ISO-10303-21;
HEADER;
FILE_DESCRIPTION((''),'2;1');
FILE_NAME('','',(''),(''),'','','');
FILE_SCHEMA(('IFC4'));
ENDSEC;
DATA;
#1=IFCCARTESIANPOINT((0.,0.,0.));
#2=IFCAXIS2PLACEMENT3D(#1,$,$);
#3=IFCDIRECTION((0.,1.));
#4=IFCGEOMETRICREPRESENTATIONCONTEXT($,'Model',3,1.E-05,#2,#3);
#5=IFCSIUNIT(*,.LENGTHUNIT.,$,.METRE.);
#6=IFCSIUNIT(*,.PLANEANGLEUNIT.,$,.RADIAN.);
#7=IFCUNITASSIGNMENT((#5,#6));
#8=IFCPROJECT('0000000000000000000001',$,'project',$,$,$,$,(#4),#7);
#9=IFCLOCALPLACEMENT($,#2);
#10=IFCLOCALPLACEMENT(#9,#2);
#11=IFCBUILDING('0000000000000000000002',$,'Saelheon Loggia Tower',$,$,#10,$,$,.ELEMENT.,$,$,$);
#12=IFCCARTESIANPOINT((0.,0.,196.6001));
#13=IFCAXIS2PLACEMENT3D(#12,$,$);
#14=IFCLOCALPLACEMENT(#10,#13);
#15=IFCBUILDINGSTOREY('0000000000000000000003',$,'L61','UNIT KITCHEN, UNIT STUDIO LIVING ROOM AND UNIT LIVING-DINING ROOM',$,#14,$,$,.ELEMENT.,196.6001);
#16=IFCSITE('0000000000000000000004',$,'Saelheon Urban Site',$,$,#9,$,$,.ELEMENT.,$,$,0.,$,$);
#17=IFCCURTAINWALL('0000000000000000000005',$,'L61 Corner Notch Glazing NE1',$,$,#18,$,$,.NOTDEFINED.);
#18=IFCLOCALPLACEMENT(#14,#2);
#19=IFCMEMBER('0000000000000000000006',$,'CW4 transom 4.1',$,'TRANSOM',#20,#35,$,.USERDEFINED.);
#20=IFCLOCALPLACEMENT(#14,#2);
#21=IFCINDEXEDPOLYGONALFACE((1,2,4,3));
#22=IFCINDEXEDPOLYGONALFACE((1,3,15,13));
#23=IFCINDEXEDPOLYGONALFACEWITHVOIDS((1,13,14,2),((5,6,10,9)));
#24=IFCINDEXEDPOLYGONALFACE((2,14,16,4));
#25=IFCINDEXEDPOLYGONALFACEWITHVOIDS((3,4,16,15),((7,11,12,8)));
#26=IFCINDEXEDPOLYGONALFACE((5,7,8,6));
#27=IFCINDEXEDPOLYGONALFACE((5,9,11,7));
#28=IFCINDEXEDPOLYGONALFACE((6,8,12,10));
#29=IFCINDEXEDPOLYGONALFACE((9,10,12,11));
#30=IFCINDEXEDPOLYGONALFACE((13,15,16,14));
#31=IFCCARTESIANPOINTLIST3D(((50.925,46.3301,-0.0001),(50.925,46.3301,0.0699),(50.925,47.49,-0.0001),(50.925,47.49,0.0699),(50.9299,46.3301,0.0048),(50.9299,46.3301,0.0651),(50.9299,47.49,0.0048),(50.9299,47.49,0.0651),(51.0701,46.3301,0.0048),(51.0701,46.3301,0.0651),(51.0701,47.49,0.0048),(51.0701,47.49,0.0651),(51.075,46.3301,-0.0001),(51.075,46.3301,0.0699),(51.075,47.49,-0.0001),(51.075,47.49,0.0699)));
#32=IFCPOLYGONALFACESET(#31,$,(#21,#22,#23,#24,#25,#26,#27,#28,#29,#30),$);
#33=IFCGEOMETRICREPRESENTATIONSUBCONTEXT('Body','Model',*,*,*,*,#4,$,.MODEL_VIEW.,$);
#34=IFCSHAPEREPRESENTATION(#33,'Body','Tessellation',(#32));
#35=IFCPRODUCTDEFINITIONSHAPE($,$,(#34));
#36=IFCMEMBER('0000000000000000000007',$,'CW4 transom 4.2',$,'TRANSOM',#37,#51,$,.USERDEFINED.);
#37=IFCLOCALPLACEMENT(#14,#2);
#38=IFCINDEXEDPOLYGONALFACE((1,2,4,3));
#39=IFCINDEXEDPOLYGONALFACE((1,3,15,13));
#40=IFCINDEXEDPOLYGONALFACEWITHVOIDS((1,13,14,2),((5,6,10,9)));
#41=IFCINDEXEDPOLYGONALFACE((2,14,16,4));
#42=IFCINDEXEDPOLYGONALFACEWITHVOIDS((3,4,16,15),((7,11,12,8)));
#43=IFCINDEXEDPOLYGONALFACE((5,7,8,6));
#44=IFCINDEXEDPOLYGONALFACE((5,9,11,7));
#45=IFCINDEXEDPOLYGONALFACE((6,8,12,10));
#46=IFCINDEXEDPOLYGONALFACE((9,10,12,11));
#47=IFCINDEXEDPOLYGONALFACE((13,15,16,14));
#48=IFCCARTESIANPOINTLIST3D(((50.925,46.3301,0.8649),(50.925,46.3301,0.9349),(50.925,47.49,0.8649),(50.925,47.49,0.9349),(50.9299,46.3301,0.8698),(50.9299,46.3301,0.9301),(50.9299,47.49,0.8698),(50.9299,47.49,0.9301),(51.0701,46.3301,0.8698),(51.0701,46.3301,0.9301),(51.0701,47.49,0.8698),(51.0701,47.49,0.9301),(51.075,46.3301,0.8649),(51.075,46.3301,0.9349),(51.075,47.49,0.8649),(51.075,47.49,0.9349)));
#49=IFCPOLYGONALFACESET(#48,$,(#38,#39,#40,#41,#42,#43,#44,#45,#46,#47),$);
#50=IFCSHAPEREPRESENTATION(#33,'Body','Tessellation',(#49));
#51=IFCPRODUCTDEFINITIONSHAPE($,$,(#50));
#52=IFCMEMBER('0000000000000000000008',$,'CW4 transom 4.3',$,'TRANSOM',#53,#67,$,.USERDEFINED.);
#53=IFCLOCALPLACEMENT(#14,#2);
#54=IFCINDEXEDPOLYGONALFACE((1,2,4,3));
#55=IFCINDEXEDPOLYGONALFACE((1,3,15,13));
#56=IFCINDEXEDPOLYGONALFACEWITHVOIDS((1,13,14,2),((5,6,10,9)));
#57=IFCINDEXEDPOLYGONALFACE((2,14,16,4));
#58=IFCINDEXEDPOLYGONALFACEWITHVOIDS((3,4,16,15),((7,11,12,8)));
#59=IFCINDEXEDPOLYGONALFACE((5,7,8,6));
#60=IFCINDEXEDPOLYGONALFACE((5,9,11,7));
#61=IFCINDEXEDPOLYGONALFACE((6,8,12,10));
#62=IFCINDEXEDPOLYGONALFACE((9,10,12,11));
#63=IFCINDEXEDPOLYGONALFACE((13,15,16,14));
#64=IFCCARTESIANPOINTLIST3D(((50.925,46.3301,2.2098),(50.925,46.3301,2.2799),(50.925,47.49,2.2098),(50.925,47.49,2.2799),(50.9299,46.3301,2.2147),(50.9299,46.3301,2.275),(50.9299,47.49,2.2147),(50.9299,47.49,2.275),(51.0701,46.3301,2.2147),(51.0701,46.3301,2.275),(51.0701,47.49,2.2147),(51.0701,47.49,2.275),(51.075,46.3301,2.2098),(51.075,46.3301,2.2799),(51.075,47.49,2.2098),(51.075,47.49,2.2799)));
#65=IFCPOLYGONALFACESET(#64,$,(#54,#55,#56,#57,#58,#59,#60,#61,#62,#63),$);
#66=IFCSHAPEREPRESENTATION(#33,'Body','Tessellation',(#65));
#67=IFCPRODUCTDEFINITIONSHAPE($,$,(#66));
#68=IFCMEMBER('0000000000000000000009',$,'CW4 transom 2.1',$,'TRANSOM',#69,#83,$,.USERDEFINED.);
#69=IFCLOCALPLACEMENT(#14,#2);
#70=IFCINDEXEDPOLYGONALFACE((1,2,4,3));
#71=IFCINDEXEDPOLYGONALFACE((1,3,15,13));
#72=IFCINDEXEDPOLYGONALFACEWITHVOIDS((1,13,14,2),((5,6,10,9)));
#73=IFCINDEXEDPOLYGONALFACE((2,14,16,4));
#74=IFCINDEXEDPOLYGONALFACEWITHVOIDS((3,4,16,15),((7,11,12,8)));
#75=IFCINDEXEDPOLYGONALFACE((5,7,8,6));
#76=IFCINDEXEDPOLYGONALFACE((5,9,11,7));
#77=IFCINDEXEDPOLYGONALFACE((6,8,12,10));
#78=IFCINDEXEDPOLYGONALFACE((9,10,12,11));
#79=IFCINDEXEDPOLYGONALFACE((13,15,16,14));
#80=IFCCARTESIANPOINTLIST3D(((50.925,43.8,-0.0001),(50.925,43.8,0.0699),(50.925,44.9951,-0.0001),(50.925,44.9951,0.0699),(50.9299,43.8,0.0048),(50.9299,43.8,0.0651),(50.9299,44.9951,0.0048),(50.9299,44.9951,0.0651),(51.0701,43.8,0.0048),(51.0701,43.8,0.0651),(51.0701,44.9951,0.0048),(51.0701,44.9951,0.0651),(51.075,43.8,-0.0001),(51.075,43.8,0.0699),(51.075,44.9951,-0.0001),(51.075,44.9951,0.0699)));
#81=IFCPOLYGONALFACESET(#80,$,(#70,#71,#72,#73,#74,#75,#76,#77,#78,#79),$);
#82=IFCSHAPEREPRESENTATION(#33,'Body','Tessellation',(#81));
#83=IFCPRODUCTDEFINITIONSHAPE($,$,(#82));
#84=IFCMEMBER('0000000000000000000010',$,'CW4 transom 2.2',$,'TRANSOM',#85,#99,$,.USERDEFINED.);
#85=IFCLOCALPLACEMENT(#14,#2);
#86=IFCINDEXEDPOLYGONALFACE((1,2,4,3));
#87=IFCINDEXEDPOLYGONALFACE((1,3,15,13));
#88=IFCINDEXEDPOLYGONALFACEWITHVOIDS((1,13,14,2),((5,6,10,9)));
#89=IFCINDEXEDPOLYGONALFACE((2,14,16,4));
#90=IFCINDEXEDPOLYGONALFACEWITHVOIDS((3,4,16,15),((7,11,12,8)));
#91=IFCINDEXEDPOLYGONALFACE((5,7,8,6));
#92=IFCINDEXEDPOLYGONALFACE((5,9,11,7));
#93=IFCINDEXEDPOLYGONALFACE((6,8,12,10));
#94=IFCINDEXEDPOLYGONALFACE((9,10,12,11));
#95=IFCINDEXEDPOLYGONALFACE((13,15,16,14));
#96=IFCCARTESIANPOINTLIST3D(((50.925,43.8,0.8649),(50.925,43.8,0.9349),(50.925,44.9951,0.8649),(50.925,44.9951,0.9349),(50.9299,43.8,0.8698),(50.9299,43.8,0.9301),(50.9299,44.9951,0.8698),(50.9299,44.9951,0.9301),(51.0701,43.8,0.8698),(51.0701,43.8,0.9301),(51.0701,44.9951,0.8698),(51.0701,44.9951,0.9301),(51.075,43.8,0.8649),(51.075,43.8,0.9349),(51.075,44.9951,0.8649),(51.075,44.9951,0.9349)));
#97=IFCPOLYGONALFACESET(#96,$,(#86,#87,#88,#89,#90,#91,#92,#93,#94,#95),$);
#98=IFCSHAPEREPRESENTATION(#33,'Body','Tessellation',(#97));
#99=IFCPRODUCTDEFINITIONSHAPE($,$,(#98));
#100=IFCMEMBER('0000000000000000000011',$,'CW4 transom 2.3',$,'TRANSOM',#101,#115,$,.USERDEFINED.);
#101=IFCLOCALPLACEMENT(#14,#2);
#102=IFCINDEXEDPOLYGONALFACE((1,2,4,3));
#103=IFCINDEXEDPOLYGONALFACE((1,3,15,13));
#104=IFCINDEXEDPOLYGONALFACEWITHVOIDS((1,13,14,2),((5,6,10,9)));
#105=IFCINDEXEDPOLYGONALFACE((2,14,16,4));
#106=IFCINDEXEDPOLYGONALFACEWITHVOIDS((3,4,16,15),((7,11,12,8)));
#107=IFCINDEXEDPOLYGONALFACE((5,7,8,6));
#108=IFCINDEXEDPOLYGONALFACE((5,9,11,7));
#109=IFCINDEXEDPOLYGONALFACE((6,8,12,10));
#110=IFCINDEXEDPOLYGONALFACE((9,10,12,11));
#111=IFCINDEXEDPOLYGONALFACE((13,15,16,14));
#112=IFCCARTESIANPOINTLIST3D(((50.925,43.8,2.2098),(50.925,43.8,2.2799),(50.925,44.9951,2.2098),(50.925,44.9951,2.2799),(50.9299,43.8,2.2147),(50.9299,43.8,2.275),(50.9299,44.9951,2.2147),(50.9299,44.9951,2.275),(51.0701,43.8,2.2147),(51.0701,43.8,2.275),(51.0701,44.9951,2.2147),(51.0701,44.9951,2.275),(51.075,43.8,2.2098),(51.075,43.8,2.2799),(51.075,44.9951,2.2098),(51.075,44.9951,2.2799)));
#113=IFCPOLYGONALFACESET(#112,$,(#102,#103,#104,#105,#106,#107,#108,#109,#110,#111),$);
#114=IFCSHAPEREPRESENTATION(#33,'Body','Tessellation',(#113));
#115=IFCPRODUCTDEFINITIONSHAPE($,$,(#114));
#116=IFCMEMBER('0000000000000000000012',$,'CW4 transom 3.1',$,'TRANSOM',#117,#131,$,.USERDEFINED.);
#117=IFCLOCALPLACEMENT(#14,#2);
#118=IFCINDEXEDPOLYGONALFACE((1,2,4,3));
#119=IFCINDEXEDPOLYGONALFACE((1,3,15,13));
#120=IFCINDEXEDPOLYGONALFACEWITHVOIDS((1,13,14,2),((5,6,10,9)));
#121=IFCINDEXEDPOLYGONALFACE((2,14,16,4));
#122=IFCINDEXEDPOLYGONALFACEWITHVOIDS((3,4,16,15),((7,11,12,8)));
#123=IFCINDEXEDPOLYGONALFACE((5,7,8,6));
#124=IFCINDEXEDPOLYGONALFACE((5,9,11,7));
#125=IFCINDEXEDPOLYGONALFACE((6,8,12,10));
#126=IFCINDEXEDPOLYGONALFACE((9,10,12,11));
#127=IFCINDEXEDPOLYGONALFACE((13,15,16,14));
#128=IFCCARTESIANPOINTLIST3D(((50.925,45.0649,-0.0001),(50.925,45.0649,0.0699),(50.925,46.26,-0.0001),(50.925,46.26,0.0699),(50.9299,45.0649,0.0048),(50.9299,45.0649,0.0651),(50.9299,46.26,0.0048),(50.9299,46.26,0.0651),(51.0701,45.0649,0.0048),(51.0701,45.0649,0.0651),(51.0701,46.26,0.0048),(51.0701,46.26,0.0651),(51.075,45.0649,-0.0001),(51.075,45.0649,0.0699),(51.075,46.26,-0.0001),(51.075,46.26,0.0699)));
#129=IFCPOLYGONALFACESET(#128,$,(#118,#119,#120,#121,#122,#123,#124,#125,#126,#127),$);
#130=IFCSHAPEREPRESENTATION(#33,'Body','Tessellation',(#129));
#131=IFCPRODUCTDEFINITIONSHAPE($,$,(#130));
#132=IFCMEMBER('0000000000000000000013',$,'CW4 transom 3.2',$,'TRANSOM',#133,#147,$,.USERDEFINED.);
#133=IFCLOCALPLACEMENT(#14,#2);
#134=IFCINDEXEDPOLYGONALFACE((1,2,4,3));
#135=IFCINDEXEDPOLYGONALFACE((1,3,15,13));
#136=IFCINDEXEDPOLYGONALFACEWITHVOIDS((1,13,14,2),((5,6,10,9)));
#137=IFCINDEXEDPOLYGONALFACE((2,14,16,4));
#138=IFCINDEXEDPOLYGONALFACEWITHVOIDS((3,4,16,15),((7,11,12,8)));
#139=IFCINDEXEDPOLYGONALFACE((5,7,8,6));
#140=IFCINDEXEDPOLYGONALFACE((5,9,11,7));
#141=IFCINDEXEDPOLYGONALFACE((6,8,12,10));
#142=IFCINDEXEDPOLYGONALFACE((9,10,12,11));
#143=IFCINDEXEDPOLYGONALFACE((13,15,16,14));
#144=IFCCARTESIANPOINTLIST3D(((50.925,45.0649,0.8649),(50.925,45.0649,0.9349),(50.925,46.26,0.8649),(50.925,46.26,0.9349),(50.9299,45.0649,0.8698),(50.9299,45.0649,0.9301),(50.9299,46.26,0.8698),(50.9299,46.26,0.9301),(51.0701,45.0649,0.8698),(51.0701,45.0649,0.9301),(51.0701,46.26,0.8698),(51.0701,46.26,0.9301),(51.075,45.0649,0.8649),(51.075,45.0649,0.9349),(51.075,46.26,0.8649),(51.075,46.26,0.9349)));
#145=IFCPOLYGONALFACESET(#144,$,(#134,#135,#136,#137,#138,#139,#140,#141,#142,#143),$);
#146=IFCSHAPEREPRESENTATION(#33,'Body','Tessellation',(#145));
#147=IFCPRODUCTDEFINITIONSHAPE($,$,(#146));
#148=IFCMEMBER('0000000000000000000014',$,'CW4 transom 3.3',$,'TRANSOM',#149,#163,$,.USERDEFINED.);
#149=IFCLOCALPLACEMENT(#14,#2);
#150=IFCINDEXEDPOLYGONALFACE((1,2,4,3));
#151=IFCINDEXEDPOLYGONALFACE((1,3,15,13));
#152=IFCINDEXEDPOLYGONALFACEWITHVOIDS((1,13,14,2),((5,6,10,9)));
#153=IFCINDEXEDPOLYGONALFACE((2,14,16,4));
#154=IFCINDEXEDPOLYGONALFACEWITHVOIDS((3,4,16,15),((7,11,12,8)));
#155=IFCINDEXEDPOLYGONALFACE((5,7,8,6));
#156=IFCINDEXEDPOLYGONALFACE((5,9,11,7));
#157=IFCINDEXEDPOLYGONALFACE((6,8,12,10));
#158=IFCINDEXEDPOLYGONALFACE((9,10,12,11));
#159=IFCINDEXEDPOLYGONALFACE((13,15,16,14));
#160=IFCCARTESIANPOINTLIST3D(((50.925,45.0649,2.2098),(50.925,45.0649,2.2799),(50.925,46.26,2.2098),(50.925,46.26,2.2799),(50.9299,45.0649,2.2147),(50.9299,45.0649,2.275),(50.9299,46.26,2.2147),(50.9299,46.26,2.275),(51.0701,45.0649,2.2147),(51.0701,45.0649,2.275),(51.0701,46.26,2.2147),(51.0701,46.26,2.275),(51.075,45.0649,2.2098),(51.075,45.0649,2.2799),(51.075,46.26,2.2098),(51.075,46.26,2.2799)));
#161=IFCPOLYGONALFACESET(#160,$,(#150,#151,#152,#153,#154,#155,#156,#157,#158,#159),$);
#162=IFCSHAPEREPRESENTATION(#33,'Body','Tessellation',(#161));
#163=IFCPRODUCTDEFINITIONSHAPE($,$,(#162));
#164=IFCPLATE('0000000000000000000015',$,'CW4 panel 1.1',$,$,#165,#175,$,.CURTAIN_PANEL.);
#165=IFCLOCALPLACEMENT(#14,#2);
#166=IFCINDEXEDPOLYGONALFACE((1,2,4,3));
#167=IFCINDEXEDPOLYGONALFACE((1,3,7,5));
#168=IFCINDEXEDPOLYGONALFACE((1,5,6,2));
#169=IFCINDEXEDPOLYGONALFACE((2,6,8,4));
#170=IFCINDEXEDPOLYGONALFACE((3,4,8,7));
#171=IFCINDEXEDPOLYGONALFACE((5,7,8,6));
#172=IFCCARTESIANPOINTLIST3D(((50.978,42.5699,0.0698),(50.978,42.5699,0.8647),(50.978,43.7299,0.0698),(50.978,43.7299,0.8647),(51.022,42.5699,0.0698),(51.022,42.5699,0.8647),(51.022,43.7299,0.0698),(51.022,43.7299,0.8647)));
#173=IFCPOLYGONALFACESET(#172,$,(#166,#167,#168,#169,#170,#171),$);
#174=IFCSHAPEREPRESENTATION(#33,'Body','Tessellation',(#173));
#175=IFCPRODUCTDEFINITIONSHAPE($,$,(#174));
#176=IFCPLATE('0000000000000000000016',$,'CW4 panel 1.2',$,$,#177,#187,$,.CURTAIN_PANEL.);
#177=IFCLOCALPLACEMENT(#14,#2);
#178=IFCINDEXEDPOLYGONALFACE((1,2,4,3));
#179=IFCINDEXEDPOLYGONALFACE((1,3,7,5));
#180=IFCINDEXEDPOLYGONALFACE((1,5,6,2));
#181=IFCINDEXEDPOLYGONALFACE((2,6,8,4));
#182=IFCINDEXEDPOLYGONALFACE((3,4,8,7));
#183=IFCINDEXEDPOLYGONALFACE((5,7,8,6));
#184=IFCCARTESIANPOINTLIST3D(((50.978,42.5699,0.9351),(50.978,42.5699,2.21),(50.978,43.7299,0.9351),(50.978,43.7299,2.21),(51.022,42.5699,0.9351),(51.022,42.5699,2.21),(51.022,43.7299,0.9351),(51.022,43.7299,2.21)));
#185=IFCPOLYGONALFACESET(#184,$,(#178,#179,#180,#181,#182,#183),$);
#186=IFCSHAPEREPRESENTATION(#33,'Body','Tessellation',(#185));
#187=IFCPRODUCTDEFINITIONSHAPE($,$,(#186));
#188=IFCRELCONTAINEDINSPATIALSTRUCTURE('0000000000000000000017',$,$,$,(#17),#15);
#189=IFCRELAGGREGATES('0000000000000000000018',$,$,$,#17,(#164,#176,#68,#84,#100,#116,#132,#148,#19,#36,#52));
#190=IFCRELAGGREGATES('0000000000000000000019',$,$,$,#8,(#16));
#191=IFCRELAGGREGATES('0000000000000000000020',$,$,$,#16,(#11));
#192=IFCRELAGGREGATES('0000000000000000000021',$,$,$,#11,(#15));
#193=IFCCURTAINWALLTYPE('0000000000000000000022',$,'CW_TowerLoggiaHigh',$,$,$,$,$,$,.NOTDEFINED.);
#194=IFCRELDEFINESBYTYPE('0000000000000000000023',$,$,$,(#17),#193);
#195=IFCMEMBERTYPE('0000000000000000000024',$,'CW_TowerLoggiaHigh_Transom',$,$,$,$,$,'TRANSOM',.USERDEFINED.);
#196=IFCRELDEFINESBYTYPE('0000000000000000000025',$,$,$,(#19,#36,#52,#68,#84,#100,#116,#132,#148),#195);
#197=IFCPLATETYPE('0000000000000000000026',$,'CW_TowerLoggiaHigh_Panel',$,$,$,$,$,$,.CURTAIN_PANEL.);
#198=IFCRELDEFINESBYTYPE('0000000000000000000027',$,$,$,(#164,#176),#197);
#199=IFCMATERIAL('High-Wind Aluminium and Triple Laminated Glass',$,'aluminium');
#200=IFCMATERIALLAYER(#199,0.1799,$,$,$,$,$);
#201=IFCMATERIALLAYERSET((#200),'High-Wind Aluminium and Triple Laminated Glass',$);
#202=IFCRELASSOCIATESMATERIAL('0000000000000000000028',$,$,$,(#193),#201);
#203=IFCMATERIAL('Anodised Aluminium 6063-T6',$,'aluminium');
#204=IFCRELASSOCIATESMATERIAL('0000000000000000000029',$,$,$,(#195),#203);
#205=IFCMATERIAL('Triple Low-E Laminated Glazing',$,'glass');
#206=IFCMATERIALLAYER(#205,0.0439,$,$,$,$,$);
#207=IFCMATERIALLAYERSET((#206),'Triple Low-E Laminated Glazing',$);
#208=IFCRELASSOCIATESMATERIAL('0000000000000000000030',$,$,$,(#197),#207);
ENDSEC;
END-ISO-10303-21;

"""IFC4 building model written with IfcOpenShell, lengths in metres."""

from ifc_helpers import new_model, si_unit, direction, frame, origin, origin_2d, place, context, subcontext, project, spatial, rectangle, hollow_rectangle, extrude, source, transform, mapped, material, layer, layer_set, material_profile, profile_set, type_object, element, aggregate, save


model = new_model("IFC4")

# Units and contexts
model_context = context("Model", 3, precision=1e-05, world=origin(), true_north=direction((0.0, 1.0)))
body_context = subcontext(model_context, "Body", "Model", "MODEL_VIEW")
ifc_project = project(units=[si_unit("LENGTHUNIT", "METRE"), si_unit("PLANEANGLEUNIT", "RADIAN")], contexts=[model_context])

# Site, building, storey
site_placement = place(None, origin())
site = spatial("IfcSite", under=ifc_project, at=site_placement, Name="Saelheon Urban Site", CompositionType="ELEMENT", RefElevation=0.0)
building_placement = place(site_placement, origin())
building = spatial("IfcBuilding", under=site, at=building_placement, Name="Saelheon Loggia Tower", CompositionType="ELEMENT")
storey_placement = place(building_placement, frame((0.0, 0.0, 196.6001)))
storey = spatial("IfcBuildingStorey", under=building, at=storey_placement, Name="L61", Description="UNIT KITCHEN, UNIT STUDIO LIVING ROOM AND UNIT LIVING-DINING ROOM", CompositionType="ELEMENT", Elevation=196.6001)

# Curtain wall, members, plates
ifc_material_1 = material(Name="High-Wind Aluminium and Triple Laminated Glass", Category="aluminium")
ifc_layer_1 = layer(ifc_material_1, 0.1799)
ifc_layer_set_1 = layer_set([ifc_layer_1], Name="High-Wind Aluminium and Triple Laminated Glass")
curtain_wall_type = type_object("IfcCurtainWallType", Name="CW_TowerLoggiaHigh", PredefinedType="NOTDEFINED", material=ifc_layer_set_1)
curtain_wall_placement = place(storey_placement, origin())
curtain_wall = element("IfcCurtainWall", 1, at=curtain_wall_placement, inside=storey, type_object=curtain_wall_type, Name="L61 Corner Notch Glazing NE1", PredefinedType="NOTDEFINED")
ifc_material_2 = material(Name="Anodised Aluminium 6063-T6", Category="aluminium")
ifc_material_profile_1 = material_profile(ifc_material_2, hollow_rectangle(XDim=0.0701, YDim=0.1499, WallThickness=0.0049, at=origin_2d()), Name="RHS-150x70x5")
ifc_profile_set_1 = profile_set([ifc_material_profile_1], Name="Anodised Aluminium 6063-T6")
member_type_1 = type_object("IfcMemberType", Name="CW_TowerLoggiaHigh_Transom", ElementType="TRANSOM", PredefinedType="USERDEFINED", material=ifc_profile_set_1)
shared_shape_1 = source(origin(), body_context, "Body", "SweptSolid", [
    extrude(hollow_rectangle(XDim=0.0701, YDim=0.1499, WallThickness=0.0049, at=origin_2d()), origin(), (0.0, 0.0, 1.0), 1.1599),
])
member_1_placement = place(storey_placement, frame((51.0, 46.3301, 0.0349), z_axis=(0.0, 1.0, 0.0), x_axis=(0.0, 0.0, 1.0)))
member_1 = element("IfcMember", 2, at=member_1_placement, type_object=member_type_1, Name="CW4 transom 4.1", ObjectType="TRANSOM", PredefinedType="USERDEFINED", context=body_context, shape_type="MappedRepresentation", body=[
    mapped(shared_shape_1, transform((0.0, 0.0, 0.0), scale=1.0)),
])
member_2_placement = place(storey_placement, frame((51.0, 46.3301, 0.8999), z_axis=(0.0, 1.0, 0.0), x_axis=(0.0, 0.0, 1.0)))
member_2 = element("IfcMember", 3, at=member_2_placement, type_object=member_type_1, Name="CW4 transom 4.2", ObjectType="TRANSOM", PredefinedType="USERDEFINED", context=body_context, shape_type="MappedRepresentation", body=[
    mapped(shared_shape_1, transform((0.0, 0.0, 0.0), scale=1.0)),
])
member_3_placement = place(storey_placement, frame((51.0, 46.3301, 2.2449), z_axis=(0.0, 1.0, 0.0), x_axis=(0.0, 0.0, 1.0)))
member_3 = element("IfcMember", 4, at=member_3_placement, type_object=member_type_1, Name="CW4 transom 4.3", ObjectType="TRANSOM", PredefinedType="USERDEFINED", context=body_context, shape_type="MappedRepresentation", body=[
    mapped(shared_shape_1, transform((0.0, 0.0, 0.0), scale=1.0)),
])
shared_shape_2 = source(origin(), body_context, "Body", "SweptSolid", [
    extrude(hollow_rectangle(XDim=0.0701, YDim=0.1499, WallThickness=0.0049, at=origin_2d()), origin(), (0.0, 0.0, 1.0), 1.1951),
])
member_4_placement = place(storey_placement, frame((51.0, 43.8, 0.0349), z_axis=(0.0, 1.0, 0.0), x_axis=(0.0, 0.0, 1.0)))
member_4 = element("IfcMember", 5, at=member_4_placement, type_object=member_type_1, Name="CW4 transom 2.1", ObjectType="TRANSOM", PredefinedType="USERDEFINED", context=body_context, shape_type="MappedRepresentation", body=[
    mapped(shared_shape_2, transform((0.0, 0.0, 0.0), scale=1.0)),
])
member_5_placement = place(storey_placement, frame((51.0, 43.8, 0.8999), z_axis=(0.0, 1.0, 0.0), x_axis=(0.0, 0.0, 1.0)))
member_5 = element("IfcMember", 6, at=member_5_placement, type_object=member_type_1, Name="CW4 transom 2.2", ObjectType="TRANSOM", PredefinedType="USERDEFINED", context=body_context, shape_type="MappedRepresentation", body=[
    mapped(shared_shape_2, transform((0.0, 0.0, 0.0), scale=1.0)),
])
member_6_placement = place(storey_placement, frame((51.0, 43.8, 2.2449), z_axis=(0.0, 1.0, 0.0), x_axis=(0.0, 0.0, 1.0)))
member_6 = element("IfcMember", 7, at=member_6_placement, type_object=member_type_1, Name="CW4 transom 2.3", ObjectType="TRANSOM", PredefinedType="USERDEFINED", context=body_context, shape_type="MappedRepresentation", body=[
    mapped(shared_shape_2, transform((0.0, 0.0, 0.0), scale=1.0)),
])
member_7_placement = place(storey_placement, frame((51.0, 45.0649, 0.0349), z_axis=(0.0, 1.0, 0.0), x_axis=(0.0, 0.0, 1.0)))
member_7 = element("IfcMember", 8, at=member_7_placement, type_object=member_type_1, Name="CW4 transom 3.1", ObjectType="TRANSOM", PredefinedType="USERDEFINED", context=body_context, shape_type="MappedRepresentation", body=[
    mapped(shared_shape_2, transform((0.0, 0.0, 0.0), scale=1.0)),
])
member_8_placement = place(storey_placement, frame((51.0, 45.0649, 0.8999), z_axis=(0.0, 1.0, 0.0), x_axis=(0.0, 0.0, 1.0)))
member_8 = element("IfcMember", 9, at=member_8_placement, type_object=member_type_1, Name="CW4 transom 3.2", ObjectType="TRANSOM", PredefinedType="USERDEFINED", context=body_context, shape_type="MappedRepresentation", body=[
    mapped(shared_shape_2, transform((0.0, 0.0, 0.0), scale=1.0)),
])
member_9_placement = place(storey_placement, frame((51.0, 45.0649, 2.2449), z_axis=(0.0, 1.0, 0.0), x_axis=(0.0, 0.0, 1.0)))
member_9 = element("IfcMember", 10, at=member_9_placement, type_object=member_type_1, Name="CW4 transom 3.3", ObjectType="TRANSOM", PredefinedType="USERDEFINED", context=body_context, shape_type="MappedRepresentation", body=[
    mapped(shared_shape_2, transform((0.0, 0.0, 0.0), scale=1.0)),
])
ifc_material_3 = material(Name="Triple Low-E Laminated Glazing", Category="glass")
ifc_layer_2 = layer(ifc_material_3, 0.0439)
ifc_layer_set_2 = layer_set([ifc_layer_2], Name="Triple Low-E Laminated Glazing")
plate_type = type_object("IfcPlateType", Name="CW_TowerLoggiaHigh_Panel", PredefinedType="CURTAIN_PANEL", material=ifc_layer_set_2)
shared_shape_3 = source(origin(), body_context, "Body", "SweptSolid", [
    extrude(rectangle(XDim=1.1599, YDim=0.0439, at=origin_2d()), origin(), (0.0, 0.0, 1.0), 0.7949),
])
plate_1_placement = place(storey_placement, frame((51.0, 43.1499, 0.0698), z_axis=(0.0, 0.0, 1.0), x_axis=(0.0, 1.0, 0.0)))
plate_1 = element("IfcPlate", 11, at=plate_1_placement, type_object=plate_type, Name="CW4 panel 1.1", PredefinedType="CURTAIN_PANEL", context=body_context, shape_type="MappedRepresentation", body=[
    mapped(shared_shape_3, transform((0.0, 0.0, 0.0), scale=1.0)),
])
shared_shape_4 = source(origin(), body_context, "Body", "SweptSolid", [
    extrude(rectangle(XDim=1.1599, YDim=0.0439, at=origin_2d()), origin(), (0.0, 0.0, 1.0), 1.2749),
])
plate_2_placement = place(storey_placement, frame((51.0, 43.1499, 0.9351), z_axis=(0.0, 0.0, 1.0), x_axis=(0.0, 1.0, 0.0)))
plate_2 = element("IfcPlate", 12, at=plate_2_placement, type_object=plate_type, Name="CW4 panel 1.2", PredefinedType="CURTAIN_PANEL", context=body_context, shape_type="MappedRepresentation", body=[
    mapped(shared_shape_4, transform((0.0, 0.0, 0.0), scale=1.0)),
])
aggregate(curtain_wall, [plate_1, plate_2, member_4, member_5, member_6, member_7, member_8, member_9, member_1, member_2, member_3])

save(model, "model.ifc")
